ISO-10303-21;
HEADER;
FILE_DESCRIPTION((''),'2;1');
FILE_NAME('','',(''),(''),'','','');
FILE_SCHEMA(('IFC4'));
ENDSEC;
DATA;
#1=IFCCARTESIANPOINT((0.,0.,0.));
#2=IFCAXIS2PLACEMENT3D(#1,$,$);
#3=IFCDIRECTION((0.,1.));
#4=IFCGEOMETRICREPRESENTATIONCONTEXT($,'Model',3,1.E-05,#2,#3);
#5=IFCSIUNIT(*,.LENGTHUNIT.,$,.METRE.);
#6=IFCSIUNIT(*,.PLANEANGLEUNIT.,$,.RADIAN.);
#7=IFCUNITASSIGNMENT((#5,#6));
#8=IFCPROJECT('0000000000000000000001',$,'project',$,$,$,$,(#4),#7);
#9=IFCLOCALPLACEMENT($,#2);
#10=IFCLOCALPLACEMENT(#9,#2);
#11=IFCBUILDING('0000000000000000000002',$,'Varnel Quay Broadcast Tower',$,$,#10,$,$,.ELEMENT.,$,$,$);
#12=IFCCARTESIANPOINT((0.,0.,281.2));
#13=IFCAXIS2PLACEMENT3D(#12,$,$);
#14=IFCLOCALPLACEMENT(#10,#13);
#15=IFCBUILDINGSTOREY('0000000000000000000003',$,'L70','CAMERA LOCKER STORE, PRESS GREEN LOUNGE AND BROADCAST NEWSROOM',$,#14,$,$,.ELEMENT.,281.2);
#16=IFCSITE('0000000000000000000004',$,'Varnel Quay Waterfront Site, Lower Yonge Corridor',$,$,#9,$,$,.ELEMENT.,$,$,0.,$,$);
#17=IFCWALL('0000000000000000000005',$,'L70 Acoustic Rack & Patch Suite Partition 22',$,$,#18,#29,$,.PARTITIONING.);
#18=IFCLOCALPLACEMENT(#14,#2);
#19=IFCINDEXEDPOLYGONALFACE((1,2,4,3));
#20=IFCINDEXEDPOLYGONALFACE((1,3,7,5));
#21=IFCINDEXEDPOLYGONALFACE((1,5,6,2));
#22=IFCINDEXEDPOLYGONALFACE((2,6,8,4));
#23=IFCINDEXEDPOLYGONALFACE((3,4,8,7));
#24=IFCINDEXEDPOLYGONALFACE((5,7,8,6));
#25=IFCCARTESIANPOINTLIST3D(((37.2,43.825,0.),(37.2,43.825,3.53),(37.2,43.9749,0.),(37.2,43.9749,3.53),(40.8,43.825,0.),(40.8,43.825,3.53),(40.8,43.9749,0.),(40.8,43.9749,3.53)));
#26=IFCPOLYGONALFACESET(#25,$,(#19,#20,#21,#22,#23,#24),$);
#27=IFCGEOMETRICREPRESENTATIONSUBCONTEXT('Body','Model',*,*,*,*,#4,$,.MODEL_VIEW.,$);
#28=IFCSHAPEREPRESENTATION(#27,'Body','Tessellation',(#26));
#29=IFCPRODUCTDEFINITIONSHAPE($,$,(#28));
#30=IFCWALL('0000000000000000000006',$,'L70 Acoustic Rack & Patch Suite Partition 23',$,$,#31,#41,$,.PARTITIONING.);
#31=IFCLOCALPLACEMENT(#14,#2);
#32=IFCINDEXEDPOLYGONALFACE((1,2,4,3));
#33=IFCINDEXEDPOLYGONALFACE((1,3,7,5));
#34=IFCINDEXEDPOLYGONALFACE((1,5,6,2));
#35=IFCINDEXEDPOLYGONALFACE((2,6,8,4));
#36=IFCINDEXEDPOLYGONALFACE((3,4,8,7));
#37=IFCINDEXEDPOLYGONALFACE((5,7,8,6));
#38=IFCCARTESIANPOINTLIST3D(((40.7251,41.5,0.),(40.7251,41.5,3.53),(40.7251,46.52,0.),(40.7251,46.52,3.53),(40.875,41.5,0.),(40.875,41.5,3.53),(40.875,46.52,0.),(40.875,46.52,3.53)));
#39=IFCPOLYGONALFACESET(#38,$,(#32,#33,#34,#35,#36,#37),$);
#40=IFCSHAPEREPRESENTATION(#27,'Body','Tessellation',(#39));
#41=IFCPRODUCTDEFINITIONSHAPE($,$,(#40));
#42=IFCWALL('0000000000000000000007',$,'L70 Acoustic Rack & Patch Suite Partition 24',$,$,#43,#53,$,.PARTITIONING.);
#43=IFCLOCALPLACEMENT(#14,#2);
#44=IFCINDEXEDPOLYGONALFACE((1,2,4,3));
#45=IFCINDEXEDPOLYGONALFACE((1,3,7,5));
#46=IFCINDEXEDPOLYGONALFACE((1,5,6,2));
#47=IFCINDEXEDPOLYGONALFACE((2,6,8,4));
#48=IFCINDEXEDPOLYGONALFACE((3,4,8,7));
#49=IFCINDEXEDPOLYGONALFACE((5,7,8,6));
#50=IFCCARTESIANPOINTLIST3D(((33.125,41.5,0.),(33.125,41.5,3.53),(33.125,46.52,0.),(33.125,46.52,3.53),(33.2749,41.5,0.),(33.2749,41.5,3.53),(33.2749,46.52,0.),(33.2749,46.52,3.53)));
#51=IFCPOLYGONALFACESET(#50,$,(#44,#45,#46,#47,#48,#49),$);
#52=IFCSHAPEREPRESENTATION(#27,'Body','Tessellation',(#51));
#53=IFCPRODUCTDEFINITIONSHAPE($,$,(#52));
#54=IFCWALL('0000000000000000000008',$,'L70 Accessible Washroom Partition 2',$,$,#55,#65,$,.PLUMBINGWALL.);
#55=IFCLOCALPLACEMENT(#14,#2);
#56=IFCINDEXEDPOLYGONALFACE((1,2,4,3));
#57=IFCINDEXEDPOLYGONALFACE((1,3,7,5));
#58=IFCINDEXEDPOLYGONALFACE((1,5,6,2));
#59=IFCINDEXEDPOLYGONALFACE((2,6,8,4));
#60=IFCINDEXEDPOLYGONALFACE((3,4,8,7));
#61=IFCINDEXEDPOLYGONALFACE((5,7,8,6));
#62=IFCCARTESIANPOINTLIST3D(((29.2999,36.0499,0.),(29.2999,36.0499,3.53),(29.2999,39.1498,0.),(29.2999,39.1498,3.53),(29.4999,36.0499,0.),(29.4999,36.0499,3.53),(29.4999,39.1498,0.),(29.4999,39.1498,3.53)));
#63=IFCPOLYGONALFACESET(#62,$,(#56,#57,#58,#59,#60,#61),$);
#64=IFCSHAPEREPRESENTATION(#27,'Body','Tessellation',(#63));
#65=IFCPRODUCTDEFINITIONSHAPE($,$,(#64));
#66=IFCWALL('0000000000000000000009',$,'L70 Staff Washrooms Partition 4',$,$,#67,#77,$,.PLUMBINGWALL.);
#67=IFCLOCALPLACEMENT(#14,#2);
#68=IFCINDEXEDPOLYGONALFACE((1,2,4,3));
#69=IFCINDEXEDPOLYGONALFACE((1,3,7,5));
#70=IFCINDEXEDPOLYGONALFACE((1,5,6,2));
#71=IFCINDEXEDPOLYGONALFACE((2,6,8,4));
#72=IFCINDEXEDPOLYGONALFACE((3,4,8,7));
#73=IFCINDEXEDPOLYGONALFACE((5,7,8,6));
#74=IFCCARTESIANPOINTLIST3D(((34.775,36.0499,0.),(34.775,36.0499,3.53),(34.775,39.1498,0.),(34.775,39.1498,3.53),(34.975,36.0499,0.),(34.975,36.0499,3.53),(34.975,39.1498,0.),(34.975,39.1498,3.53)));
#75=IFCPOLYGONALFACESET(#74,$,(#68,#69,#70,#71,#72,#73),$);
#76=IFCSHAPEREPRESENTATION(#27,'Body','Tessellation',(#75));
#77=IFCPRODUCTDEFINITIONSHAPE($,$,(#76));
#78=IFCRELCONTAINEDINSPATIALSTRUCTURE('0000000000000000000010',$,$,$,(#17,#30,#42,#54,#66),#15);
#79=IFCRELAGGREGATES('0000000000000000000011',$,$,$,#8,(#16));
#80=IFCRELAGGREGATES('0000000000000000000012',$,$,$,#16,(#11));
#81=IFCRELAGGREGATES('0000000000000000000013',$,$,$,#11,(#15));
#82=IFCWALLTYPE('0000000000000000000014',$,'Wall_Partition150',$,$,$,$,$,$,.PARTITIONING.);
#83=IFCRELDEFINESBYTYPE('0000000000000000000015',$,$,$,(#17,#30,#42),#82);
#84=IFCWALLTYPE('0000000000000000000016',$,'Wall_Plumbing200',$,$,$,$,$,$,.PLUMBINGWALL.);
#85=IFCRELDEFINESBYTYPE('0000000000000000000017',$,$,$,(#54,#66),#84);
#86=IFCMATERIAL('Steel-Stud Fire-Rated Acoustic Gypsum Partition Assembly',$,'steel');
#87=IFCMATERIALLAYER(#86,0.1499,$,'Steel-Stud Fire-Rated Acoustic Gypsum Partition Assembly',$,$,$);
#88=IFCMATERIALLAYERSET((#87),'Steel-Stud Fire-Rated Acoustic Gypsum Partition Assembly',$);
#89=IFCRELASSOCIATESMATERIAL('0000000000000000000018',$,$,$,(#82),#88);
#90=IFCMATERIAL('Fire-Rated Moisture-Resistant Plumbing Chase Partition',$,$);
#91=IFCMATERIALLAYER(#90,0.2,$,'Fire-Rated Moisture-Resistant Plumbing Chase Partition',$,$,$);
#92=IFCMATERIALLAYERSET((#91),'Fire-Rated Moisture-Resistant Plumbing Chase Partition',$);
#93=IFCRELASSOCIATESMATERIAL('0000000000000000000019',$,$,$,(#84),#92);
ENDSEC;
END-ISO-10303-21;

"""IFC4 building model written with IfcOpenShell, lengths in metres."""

from ifc_helpers import new_model, si_unit, direction, frame, frame_2d, origin, place, context, subcontext, project, spatial, rectangle, extrude, material, layer, layer_set, type_object, element, save


model = new_model("IFC4")

# Units and contexts
model_context = context("Model", 3, precision=1e-05, world=origin(), true_north=direction((0.0, 1.0)))
body_context = subcontext(model_context, "Body", "Model", "MODEL_VIEW")
ifc_project = project(units=[si_unit("LENGTHUNIT", "METRE"), si_unit("PLANEANGLEUNIT", "RADIAN")], contexts=[model_context])

# Site, building, storey
site_placement = place(None, origin())
site = spatial("IfcSite", under=ifc_project, at=site_placement, Name="Varnel Quay Waterfront Site, Lower Yonge Corridor", CompositionType="ELEMENT", RefElevation=0.0)
building_placement = place(site_placement, origin())
building = spatial("IfcBuilding", under=site, at=building_placement, Name="Varnel Quay Broadcast Tower", CompositionType="ELEMENT")
storey_placement = place(building_placement, frame((0.0, 0.0, 281.2)))
storey = spatial("IfcBuildingStorey", under=building, at=storey_placement, Name="L70", Description="CAMERA LOCKER STORE, PRESS GREEN LOUNGE AND BROADCAST NEWSROOM", CompositionType="ELEMENT", Elevation=281.2)

# Shared definitions
ifc_material_1 = material(Name="Steel-Stud Fire-Rated Acoustic Gypsum Partition Assembly", Category="steel")

# Shared definitions
ifc_layer_1 = layer(ifc_material_1, 0.1499, Name="Steel-Stud Fire-Rated Acoustic Gypsum Partition Assembly")
ifc_layer_set_1 = layer_set([ifc_layer_1], Name="Steel-Stud Fire-Rated Acoustic Gypsum Partition Assembly")
wall_type_1 = type_object("IfcWallType", Name="Wall_Partition150", PredefinedType="PARTITIONING", material=ifc_layer_set_1)

# Walls
wall_1_placement = place(storey_placement, frame((37.2, 43.8999, 0.0), z_axis=(0.0, 0.0, 1.0), x_axis=(1.0, 0.0, 0.0)))
element("IfcWall", 1, at=wall_1_placement, inside=storey, type_object=wall_type_1, Name="L70 Acoustic Rack & Patch Suite Partition 22", PredefinedType="PARTITIONING", context=body_context, shape_type="SweptSolid", body=[
    extrude(rectangle(XDim=3.6001, YDim=0.1499, at=frame_2d((1.8, 0.0))), origin(), (0.0, 0.0, 1.0), 3.53),
])
for number, where, z_axis, x_axis, name in (
    (2, (40.8, 41.5, 0.0), (0.0, 0.0, 1.0), (0.0, 1.0, 0.0), "L70 Acoustic Rack & Patch Suite Partition 23"),
    (3, (33.2, 41.5, 0.0), (0.0, 0.0, 1.0), (0.0, 1.0, 0.0), "L70 Acoustic Rack & Patch Suite Partition 24"),
):
    element("IfcWall", number, at=place(storey_placement, frame(where, z_axis=z_axis, x_axis=x_axis)), inside=storey, type_object=wall_type_1, Name=name, PredefinedType="PARTITIONING", context=body_context, shape_type="SweptSolid", body=[
        extrude(rectangle(XDim=5.02, YDim=0.1499, at=frame_2d((2.51, 0.0))), origin(), (0.0, 0.0, 1.0), 3.53),
    ])
ifc_material_2 = material(Name="Fire-Rated Moisture-Resistant Plumbing Chase Partition")
ifc_layer_2 = layer(ifc_material_2, 0.2, Name="Fire-Rated Moisture-Resistant Plumbing Chase Partition")
ifc_layer_set_2 = layer_set([ifc_layer_2], Name="Fire-Rated Moisture-Resistant Plumbing Chase Partition")
wall_type_2 = type_object("IfcWallType", Name="Wall_Plumbing200", PredefinedType="PLUMBINGWALL", material=ifc_layer_set_2)
for number, where, z_axis, x_axis, name in (
    (4, (29.3999, 36.05, 0.0), (0.0, 0.0, 1.0), (0.0, 1.0, 0.0), "L70 Accessible Washroom Partition 2"),
    (5, (34.875, 36.05, 0.0), (0.0, 0.0, 1.0), (0.0, 1.0, 0.0), "L70 Staff Washrooms Partition 4"),
):
    element("IfcWall", number, at=place(storey_placement, frame(where, z_axis=z_axis, x_axis=x_axis)), inside=storey, type_object=wall_type_2, Name=name, PredefinedType="PLUMBINGWALL", context=body_context, shape_type="SweptSolid", body=[
        extrude(rectangle(XDim=3.0999, YDim=0.2, at=frame_2d((1.5498, 0.0))), origin(), (0.0, 0.0, 1.0), 3.53),
    ])

save(model, "model.ifc")
